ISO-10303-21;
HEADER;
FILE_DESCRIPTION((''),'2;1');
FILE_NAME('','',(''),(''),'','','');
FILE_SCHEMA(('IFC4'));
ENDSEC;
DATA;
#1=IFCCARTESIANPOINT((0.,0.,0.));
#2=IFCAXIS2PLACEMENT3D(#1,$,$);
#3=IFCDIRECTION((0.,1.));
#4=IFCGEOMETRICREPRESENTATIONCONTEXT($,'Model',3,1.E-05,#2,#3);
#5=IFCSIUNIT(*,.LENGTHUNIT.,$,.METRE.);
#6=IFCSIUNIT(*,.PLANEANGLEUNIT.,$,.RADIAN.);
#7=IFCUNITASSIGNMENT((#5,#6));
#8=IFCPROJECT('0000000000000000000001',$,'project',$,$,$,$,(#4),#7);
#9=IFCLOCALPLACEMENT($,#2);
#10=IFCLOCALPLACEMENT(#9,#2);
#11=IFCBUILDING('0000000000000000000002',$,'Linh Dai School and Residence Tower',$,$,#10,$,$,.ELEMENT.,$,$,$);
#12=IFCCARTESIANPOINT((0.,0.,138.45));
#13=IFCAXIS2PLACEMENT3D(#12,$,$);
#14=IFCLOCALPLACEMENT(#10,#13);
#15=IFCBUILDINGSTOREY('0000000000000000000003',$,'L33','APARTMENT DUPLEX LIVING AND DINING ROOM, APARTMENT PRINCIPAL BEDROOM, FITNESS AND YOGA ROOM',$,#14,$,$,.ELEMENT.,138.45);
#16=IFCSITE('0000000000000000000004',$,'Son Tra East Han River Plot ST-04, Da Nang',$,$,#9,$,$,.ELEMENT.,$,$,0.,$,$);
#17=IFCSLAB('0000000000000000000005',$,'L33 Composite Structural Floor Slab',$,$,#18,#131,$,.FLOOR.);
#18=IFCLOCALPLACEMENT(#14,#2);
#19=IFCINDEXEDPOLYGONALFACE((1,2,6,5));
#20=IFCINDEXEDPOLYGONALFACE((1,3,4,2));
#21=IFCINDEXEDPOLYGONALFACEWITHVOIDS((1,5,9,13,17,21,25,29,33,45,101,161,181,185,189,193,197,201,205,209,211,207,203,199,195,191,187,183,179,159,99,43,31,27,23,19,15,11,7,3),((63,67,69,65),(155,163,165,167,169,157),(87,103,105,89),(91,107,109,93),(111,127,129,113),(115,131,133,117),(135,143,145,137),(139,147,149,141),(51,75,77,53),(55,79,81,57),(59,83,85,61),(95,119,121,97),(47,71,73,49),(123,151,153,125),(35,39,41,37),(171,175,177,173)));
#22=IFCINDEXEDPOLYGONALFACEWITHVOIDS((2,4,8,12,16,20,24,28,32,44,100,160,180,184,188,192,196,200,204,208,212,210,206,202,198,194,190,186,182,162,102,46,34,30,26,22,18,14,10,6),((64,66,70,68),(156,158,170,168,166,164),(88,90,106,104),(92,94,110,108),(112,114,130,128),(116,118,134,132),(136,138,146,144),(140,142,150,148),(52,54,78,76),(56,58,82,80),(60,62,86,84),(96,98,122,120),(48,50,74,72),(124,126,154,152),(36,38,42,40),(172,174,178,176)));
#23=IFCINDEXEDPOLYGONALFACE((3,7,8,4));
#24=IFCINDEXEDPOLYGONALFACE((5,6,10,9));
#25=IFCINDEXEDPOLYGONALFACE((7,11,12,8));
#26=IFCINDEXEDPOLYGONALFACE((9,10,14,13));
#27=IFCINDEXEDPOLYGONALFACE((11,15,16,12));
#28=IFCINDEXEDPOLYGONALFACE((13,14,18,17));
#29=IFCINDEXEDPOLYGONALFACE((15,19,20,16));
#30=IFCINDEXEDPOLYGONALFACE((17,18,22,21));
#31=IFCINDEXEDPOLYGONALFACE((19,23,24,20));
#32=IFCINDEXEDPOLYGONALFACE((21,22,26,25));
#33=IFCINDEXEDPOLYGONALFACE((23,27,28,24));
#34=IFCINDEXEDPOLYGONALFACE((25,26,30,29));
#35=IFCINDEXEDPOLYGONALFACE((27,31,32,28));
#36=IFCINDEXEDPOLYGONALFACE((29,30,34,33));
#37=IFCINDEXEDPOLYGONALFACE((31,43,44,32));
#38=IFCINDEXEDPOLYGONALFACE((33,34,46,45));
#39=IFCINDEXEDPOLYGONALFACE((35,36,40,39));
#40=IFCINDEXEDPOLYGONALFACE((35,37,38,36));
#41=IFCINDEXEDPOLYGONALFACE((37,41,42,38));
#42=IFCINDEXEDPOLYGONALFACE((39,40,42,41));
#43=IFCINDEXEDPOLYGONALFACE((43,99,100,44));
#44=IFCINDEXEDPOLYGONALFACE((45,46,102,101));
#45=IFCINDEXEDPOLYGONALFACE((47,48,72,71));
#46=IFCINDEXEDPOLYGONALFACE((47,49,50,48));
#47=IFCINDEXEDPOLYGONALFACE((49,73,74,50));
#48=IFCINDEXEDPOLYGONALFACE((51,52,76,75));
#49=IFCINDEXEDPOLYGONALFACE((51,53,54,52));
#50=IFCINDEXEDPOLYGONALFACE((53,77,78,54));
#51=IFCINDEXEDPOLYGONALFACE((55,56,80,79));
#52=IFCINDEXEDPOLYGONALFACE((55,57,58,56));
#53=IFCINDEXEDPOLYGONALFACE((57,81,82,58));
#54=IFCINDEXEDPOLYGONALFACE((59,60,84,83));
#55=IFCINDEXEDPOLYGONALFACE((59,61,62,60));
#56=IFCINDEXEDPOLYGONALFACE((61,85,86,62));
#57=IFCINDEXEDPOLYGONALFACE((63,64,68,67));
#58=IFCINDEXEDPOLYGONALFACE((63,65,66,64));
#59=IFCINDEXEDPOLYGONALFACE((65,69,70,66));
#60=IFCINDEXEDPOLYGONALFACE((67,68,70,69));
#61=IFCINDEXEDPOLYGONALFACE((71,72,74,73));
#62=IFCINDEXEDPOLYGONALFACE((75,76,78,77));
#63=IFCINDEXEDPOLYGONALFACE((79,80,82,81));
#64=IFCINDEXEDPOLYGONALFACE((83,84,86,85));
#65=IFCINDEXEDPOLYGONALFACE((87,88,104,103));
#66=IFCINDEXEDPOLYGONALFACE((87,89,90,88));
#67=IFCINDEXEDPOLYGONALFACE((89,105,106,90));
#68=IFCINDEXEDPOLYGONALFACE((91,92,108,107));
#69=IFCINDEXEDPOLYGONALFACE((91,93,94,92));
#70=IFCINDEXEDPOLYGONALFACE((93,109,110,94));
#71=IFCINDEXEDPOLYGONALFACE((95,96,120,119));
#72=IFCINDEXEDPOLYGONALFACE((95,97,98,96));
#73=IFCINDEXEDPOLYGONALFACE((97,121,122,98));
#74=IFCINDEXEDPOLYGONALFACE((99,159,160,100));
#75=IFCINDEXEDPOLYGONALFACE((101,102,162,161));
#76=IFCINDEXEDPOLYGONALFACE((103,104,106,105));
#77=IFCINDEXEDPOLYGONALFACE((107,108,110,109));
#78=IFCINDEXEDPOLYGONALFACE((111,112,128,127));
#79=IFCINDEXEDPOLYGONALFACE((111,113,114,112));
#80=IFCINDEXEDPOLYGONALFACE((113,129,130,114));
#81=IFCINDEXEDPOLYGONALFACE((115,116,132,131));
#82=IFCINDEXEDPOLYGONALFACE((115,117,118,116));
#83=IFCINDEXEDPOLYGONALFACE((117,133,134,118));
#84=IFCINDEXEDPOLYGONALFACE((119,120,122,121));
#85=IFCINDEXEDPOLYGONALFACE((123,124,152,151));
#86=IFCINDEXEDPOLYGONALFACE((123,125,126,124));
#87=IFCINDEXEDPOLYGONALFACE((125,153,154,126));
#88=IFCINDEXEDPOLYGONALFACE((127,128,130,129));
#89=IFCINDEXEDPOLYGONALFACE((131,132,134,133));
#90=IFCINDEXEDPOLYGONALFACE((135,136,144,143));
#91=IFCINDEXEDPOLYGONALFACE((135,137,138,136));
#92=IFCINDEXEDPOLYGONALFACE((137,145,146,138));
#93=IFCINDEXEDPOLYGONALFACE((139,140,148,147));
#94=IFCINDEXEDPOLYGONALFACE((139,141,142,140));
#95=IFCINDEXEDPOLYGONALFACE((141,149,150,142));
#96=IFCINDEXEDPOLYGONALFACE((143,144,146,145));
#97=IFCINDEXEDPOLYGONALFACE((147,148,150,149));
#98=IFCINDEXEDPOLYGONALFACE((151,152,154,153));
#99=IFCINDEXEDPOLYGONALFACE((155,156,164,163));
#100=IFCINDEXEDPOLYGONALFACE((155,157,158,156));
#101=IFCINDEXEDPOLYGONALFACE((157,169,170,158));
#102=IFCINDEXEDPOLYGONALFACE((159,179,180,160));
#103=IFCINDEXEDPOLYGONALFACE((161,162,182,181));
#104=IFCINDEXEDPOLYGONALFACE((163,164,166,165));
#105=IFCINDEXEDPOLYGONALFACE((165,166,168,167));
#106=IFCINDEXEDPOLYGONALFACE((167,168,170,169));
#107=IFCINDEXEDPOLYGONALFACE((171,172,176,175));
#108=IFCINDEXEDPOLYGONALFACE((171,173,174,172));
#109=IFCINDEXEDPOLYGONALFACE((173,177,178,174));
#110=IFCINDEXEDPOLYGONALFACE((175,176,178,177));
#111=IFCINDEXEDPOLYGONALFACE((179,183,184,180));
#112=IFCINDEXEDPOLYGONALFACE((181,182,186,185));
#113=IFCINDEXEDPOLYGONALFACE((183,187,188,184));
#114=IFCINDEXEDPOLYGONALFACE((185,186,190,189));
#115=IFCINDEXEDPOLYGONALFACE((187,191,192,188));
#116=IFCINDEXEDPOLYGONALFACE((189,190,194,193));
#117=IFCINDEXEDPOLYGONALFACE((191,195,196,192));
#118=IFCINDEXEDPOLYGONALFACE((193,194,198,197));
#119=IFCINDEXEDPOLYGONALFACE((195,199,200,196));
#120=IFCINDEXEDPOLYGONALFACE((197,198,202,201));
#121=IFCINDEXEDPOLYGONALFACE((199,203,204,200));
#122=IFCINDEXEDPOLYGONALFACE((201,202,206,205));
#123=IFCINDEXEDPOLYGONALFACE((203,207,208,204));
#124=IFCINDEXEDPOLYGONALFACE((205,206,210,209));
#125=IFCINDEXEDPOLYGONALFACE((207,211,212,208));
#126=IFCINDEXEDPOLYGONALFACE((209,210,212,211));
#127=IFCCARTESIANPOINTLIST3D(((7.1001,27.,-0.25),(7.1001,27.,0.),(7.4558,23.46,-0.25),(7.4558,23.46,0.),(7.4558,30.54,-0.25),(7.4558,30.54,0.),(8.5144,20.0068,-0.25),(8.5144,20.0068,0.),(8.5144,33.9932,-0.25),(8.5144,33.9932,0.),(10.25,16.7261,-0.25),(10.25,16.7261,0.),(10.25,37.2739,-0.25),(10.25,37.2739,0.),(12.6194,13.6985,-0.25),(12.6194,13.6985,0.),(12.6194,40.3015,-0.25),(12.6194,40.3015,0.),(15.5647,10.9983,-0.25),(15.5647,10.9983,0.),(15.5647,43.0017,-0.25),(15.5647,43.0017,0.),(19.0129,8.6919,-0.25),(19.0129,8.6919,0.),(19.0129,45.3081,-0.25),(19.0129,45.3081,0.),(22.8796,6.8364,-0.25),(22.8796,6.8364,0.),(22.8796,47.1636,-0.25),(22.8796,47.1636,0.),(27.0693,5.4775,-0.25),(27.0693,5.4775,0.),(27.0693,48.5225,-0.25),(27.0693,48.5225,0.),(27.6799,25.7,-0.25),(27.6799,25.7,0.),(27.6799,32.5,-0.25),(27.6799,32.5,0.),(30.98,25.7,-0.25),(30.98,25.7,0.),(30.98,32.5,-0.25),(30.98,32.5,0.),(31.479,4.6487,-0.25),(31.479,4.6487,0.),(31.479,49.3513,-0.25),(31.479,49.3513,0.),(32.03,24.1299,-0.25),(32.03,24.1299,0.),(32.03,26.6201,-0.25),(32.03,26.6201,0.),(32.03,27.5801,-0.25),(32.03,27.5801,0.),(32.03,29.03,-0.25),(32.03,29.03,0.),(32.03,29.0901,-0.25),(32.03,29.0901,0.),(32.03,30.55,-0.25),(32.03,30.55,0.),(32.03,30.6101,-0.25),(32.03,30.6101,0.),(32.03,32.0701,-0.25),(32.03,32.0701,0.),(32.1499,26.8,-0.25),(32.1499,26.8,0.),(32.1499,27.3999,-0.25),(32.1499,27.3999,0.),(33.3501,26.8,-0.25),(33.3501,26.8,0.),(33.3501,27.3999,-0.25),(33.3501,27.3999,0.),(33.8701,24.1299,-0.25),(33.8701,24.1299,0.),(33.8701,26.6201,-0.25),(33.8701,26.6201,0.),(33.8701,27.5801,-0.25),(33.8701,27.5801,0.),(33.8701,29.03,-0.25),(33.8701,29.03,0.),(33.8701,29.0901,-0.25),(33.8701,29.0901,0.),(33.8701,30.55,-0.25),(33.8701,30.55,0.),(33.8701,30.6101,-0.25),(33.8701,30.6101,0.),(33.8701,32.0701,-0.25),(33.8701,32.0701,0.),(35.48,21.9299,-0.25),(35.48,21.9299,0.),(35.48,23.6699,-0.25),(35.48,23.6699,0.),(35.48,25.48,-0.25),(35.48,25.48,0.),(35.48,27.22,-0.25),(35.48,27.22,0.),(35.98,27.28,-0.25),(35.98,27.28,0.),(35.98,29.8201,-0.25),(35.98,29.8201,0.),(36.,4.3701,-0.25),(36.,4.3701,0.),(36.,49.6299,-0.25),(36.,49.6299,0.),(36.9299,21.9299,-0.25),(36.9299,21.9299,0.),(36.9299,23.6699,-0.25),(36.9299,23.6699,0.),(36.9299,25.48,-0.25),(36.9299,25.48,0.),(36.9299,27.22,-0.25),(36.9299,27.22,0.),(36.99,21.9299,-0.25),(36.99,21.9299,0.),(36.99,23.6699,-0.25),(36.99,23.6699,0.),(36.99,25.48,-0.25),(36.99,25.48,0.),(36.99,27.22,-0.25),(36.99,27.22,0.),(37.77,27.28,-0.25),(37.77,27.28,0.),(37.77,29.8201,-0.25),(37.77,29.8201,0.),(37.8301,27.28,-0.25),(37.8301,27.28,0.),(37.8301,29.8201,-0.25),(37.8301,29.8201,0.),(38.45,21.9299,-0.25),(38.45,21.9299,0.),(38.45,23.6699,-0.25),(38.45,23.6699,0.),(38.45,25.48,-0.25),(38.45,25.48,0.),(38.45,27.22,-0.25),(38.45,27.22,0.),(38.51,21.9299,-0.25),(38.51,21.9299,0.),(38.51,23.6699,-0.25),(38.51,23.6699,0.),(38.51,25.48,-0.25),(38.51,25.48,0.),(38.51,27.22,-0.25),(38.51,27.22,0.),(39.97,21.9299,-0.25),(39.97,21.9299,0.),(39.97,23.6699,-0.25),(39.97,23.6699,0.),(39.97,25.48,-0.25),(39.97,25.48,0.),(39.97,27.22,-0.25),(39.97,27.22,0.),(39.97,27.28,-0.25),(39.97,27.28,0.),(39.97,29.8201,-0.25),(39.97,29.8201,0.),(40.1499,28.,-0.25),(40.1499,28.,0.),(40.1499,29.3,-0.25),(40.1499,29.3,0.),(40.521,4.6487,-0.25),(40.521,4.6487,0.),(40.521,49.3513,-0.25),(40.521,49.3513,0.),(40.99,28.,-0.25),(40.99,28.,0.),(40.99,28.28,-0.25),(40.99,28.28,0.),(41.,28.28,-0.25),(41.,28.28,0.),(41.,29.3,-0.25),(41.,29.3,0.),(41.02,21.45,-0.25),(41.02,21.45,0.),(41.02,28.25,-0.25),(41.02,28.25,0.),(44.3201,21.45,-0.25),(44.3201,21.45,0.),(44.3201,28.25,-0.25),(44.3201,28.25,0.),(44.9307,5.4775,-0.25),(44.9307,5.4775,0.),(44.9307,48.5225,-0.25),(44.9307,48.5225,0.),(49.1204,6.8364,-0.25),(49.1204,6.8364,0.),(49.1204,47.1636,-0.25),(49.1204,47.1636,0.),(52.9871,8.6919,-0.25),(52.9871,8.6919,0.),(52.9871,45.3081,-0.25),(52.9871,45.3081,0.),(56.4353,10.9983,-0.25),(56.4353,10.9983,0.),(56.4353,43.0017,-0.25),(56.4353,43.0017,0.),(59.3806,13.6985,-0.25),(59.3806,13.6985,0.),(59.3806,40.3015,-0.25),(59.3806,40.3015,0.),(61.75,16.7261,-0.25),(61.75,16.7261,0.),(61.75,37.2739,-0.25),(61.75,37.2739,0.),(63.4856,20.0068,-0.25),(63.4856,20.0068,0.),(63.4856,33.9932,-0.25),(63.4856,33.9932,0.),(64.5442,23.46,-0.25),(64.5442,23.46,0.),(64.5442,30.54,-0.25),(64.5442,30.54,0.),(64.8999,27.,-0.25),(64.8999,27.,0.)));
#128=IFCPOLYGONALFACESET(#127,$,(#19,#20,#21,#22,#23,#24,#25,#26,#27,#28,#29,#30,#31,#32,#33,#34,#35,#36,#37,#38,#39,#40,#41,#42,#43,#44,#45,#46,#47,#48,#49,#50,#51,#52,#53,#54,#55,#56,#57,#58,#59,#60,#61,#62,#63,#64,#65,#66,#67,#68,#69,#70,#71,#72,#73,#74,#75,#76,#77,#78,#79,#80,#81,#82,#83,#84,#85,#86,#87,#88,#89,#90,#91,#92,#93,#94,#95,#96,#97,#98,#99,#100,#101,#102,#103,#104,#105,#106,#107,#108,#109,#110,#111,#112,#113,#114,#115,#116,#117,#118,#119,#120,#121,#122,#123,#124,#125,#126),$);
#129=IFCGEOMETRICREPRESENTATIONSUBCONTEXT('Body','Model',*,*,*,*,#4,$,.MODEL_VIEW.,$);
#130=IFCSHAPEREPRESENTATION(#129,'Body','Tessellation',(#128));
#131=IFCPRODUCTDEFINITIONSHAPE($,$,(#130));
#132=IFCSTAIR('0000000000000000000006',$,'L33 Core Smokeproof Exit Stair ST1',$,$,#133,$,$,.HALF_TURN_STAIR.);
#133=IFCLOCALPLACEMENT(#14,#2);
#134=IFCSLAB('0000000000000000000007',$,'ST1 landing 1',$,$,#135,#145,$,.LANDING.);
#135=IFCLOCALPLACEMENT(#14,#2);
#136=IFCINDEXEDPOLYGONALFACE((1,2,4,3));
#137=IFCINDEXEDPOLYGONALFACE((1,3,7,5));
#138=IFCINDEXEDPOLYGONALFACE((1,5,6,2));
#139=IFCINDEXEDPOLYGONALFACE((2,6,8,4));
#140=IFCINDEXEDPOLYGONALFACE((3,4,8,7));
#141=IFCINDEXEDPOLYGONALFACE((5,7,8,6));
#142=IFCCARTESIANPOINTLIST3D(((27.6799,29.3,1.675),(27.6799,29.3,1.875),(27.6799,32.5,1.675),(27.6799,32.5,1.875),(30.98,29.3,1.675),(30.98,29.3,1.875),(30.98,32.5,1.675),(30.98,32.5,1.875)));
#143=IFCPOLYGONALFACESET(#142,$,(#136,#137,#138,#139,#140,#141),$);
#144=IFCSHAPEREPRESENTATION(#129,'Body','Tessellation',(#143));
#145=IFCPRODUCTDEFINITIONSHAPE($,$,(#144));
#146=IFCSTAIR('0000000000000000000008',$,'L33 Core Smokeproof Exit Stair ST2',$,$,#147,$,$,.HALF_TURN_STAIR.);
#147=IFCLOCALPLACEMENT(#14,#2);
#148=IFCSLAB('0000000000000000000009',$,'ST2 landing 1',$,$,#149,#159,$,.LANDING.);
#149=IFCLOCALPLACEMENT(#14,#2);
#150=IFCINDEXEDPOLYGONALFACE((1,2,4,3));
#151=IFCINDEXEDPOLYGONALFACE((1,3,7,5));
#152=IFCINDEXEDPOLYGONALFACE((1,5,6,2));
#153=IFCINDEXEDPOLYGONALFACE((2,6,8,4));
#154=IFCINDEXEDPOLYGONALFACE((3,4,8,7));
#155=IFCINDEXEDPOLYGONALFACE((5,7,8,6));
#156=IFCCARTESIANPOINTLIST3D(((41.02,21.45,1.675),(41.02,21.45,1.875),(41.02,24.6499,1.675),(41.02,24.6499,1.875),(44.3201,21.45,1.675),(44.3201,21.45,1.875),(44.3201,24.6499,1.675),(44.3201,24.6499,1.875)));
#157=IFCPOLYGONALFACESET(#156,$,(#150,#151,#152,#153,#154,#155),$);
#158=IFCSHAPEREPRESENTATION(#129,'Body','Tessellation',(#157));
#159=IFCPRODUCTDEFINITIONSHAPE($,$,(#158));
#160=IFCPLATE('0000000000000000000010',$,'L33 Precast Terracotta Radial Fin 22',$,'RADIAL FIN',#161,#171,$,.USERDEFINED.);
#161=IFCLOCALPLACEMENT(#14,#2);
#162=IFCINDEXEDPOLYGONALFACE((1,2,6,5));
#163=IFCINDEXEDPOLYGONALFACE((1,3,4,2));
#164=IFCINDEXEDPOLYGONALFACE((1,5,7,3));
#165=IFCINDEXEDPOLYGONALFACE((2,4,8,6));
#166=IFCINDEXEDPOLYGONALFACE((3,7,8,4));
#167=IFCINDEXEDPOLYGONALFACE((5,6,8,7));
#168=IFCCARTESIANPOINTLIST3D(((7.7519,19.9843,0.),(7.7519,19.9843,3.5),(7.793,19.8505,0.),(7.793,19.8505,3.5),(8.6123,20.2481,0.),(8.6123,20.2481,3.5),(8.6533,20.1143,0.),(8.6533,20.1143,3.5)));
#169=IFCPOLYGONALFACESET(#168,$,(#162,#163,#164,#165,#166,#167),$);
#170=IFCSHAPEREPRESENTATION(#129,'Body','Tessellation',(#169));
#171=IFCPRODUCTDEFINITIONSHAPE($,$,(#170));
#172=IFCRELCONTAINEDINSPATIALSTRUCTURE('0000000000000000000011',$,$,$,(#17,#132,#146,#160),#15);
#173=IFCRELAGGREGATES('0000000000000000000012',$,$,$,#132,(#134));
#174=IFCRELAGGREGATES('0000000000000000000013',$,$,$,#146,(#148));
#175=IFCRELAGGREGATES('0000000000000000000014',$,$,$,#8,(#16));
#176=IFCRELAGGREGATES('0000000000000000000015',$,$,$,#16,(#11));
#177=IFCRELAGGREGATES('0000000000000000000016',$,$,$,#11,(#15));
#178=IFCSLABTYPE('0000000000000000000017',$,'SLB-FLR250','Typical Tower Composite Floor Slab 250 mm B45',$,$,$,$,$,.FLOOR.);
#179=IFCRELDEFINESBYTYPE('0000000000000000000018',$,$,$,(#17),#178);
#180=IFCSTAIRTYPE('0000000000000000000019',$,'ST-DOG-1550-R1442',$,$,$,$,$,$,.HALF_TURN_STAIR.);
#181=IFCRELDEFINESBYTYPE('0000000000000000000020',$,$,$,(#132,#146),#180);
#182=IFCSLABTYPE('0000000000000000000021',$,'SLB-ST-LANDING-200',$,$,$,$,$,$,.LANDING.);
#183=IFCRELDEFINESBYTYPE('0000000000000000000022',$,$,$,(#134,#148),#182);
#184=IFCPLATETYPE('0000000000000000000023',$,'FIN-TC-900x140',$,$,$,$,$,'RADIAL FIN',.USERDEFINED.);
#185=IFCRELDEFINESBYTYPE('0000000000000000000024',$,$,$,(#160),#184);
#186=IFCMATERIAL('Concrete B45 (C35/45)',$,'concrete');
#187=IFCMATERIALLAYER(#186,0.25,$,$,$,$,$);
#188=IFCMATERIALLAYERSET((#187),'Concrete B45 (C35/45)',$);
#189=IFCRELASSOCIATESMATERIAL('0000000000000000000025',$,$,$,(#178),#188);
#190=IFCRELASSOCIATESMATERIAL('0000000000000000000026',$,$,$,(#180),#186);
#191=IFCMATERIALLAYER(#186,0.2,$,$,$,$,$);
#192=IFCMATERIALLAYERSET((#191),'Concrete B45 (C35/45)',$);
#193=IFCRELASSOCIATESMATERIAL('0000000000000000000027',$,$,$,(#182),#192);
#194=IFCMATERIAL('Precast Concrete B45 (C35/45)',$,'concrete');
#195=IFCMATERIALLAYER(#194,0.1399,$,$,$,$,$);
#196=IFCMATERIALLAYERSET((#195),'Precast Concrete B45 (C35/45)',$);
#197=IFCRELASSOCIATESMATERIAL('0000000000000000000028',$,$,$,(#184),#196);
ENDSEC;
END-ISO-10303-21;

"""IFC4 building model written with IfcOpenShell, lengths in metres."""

from ifc_helpers import new_model, si_unit, direction, frame, origin, origin_2d, place, context, subcontext, project, spatial, polyline, rectangle, outline, extrude, source, transform, mapped, material, layer, layer_set, type_object, element, aggregate, save


model = new_model("IFC4")

# Units and contexts
model_context = context("Model", 3, precision=1e-05, world=origin(), true_north=direction((0.0, 1.0)))
body_context = subcontext(model_context, "Body", "Model", "MODEL_VIEW")
ifc_project = project(units=[si_unit("LENGTHUNIT", "METRE"), si_unit("PLANEANGLEUNIT", "RADIAN")], contexts=[model_context])

# Site, building, storey
site_placement = place(None, origin())
site = spatial("IfcSite", under=ifc_project, at=site_placement, Name="Son Tra East Han River Plot ST-04, Da Nang", CompositionType="ELEMENT", RefElevation=0.0)
building_placement = place(site_placement, origin())
building = spatial("IfcBuilding", under=site, at=building_placement, Name="Linh Dai School and Residence Tower", CompositionType="ELEMENT")
storey_placement = place(building_placement, frame((0.0, 0.0, 138.45)))
storey = spatial("IfcBuildingStorey", under=building, at=storey_placement, Name="L33", Description="APARTMENT DUPLEX LIVING AND DINING ROOM, APARTMENT PRINCIPAL BEDROOM, FITNESS AND YOGA ROOM", CompositionType="ELEMENT", Elevation=138.45)

# Slab
ifc_material_1 = material(Name="Concrete B45 (C35/45)", Category="concrete")
ifc_layer_1 = layer(ifc_material_1, 0.25)
ifc_layer_set_1 = layer_set([ifc_layer_1], Name="Concrete B45 (C35/45)")
slab_type_1 = type_object("IfcSlabType", Name="SLB-FLR250", Description="Typical Tower Composite Floor Slab 250 mm B45", PredefinedType="FLOOR", material=ifc_layer_set_1)
slab_1_placement = place(storey_placement, frame((0.0, 0.0, -0.25)))
element("IfcSlab", 1, at=slab_1_placement, inside=storey, type_object=slab_type_1, Name="L33 Composite Structural Floor Slab", PredefinedType="FLOOR", context=body_context, shape_type="SweptSolid", body=[
    extrude(outline(polyline([(64.8999, 27.0), (64.5442, 30.54), (63.4856, 33.9932), (61.75, 37.2739), (59.3806, 40.3015), (56.4353, 43.0017), (52.9871, 45.3081), (49.1204, 47.1636), (44.9307, 48.5225), (40.521, 49.3513), (36.0, 49.6299), (31.479, 49.3513), (27.0693, 48.5225), (22.8796, 47.1636), (19.0129, 45.3081), (15.5647, 43.0017), (12.6194, 40.3015), (10.25, 37.2739), (8.5144, 33.9932), (7.4558, 30.54), (7.1001, 27.0), (7.4558, 23.46), (8.5144, 20.0068), (10.25, 16.7261), (12.6194, 13.6985), (15.5647, 10.9983), (19.0129, 8.6919), (22.8796, 6.8364), (27.0693, 5.4775), (31.479, 4.6487), (36.0, 4.3701), (40.521, 4.6487), (44.9307, 5.4775), (49.1204, 6.8364), (52.9871, 8.6919), (56.4353, 10.9983), (59.3806, 13.6985), (61.75, 16.7261), (63.4856, 20.0068), (64.5442, 23.46), (64.8999, 27.0)]), holes=[polyline([(30.98, 25.7), (30.98, 32.5), (27.6799, 32.5), (27.6799, 25.7), (30.98, 25.7)]), polyline([(41.02, 28.25), (41.02, 21.45), (44.3201, 21.45), (44.3201, 28.25), (41.02, 28.25)]), polyline([(35.98, 27.28), (37.77, 27.28), (37.77, 29.8201), (35.98, 29.8201), (35.98, 27.28)]), polyline([(32.03, 24.1299), (33.8701, 24.1299), (33.8701, 26.6201), (32.03, 26.6201), (32.03, 24.1299)]), polyline([(37.8301, 27.28), (39.97, 27.28), (39.97, 29.8201), (37.8301, 29.8201), (37.8301, 27.28)]), polyline([(35.48, 21.9299), (36.9299, 21.9299), (36.9299, 23.6699), (35.48, 23.6699), (35.48, 21.9299)]), polyline([(36.99, 21.9299), (38.45, 21.9299), (38.45, 23.6699), (36.99, 23.6699), (36.99, 21.9299)]), polyline([(38.51, 21.9299), (39.97, 21.9299), (39.97, 23.6699), (38.51, 23.6699), (38.51, 21.9299)]), polyline([(32.03, 27.5801), (33.8701, 27.5801), (33.8701, 29.03), (32.03, 29.03), (32.03, 27.5801)]), polyline([(32.03, 29.0901), (33.8701, 29.0901), (33.8701, 30.55), (32.03, 30.55), (32.03, 29.0901)]), polyline([(32.03, 30.6101), (33.8701, 30.6101), (33.8701, 32.0701), (32.03, 32.0701), (32.03, 30.6101)]), polyline([(35.48, 25.48), (36.9299, 25.48), (36.9299, 27.22), (35.48, 27.22), (35.48, 25.48)]), polyline([(36.99, 25.48), (38.45, 25.48), (38.45, 27.22), (36.99, 27.22), (36.99, 25.48)]), polyline([(38.51, 25.48), (39.97, 25.48), (39.97, 27.22), (38.51, 27.22), (38.51, 25.48)]), polyline([(40.1499, 28.0), (40.1499, 29.3), (41.0, 29.3), (41.0, 28.28), (40.99, 28.28), (40.99, 28.0), (40.1499, 28.0)]), polyline([(32.1499, 26.8), (33.3501, 26.8), (33.3501, 27.3999), (32.1499, 27.3999), (32.1499, 26.8)])]), origin(), (0.0, 0.0, 1.0), 0.25),
])

# Stairs, slabs
stair_type = type_object("IfcStairType", Name="ST-DOG-1550-R1442", PredefinedType="HALF_TURN_STAIR", material=ifc_material_1)
stair_1_placement = place(storey_placement, origin())
stair_1 = element("IfcStair", 2, at=stair_1_placement, inside=storey, type_object=stair_type, Name="L33 Core Smokeproof Exit Stair ST1", PredefinedType="HALF_TURN_STAIR")
ifc_layer_2 = layer(ifc_material_1, 0.2)
ifc_layer_set_2 = layer_set([ifc_layer_2], Name="Concrete B45 (C35/45)")
slab_type_2 = type_object("IfcSlabType", Name="SLB-ST-LANDING-200", PredefinedType="LANDING", material=ifc_layer_set_2)
slab_2_placement = place(storey_placement, frame((0.0, 0.0, 1.675)))
slab_2 = element("IfcSlab", 3, at=slab_2_placement, type_object=slab_type_2, Name="ST1 landing 1", PredefinedType="LANDING", context=body_context, shape_type="SweptSolid", body=[
    extrude(outline(polyline([(30.98, 29.3), (30.98, 32.5), (27.6799, 32.5), (27.6799, 29.3), (30.98, 29.3)])), origin(), (0.0, 0.0, 1.0), 0.2),
])
aggregate(stair_1, [slab_2])
stair_2_placement = place(storey_placement, origin())
stair_2 = element("IfcStair", 4, at=stair_2_placement, inside=storey, type_object=stair_type, Name="L33 Core Smokeproof Exit Stair ST2", PredefinedType="HALF_TURN_STAIR")
slab_3_placement = place(storey_placement, frame((0.0, 0.0, 1.675)))
slab_3 = element("IfcSlab", 5, at=slab_3_placement, type_object=slab_type_2, Name="ST2 landing 1", PredefinedType="LANDING", context=body_context, shape_type="SweptSolid", body=[
    extrude(outline(polyline([(41.02, 24.6499), (41.02, 21.45), (44.3201, 21.45), (44.3201, 24.6499), (41.02, 24.6499)])), origin(), (0.0, 0.0, 1.0), 0.2),
])
aggregate(stair_2, [slab_3])

# Plate
ifc_material_2 = material(Name="Precast Concrete B45 (C35/45)", Category="concrete")
ifc_layer_3 = layer(ifc_material_2, 0.1399)
ifc_layer_set_3 = layer_set([ifc_layer_3], Name="Precast Concrete B45 (C35/45)")
plate_type = type_object("IfcPlateType", Name="FIN-TC-900x140", ElementType="RADIAL FIN", PredefinedType="USERDEFINED", material=ifc_layer_set_3)
shared_shape_1 = source(origin(), body_context, "Body", "SweptSolid", [
    extrude(rectangle(XDim=0.8999, YDim=0.1399, at=origin_2d()), origin(), (0.0, 0.0, 1.0), 3.5),
])
plate_placement = place(storey_placement, frame((8.2026, 20.0493, 0.0), z_axis=(0.0, 0.0, 1.0), x_axis=(-0.956072, -0.293134, 0.0)))
element("IfcPlate", 6, at=plate_placement, inside=storey, type_object=plate_type, Name="L33 Precast Terracotta Radial Fin 22", ObjectType="RADIAL FIN", PredefinedType="USERDEFINED", context=body_context, shape_type="MappedRepresentation", body=[
    mapped(shared_shape_1, transform((0.0, 0.0, 0.0), x_axis=(1.0, 0.0, 0.0), y_axis=(0.0, 1.0, 0.0), z_axis=(0.0, 0.0, 1.0), scale=1.0)),
])

save(model, "model.ifc")
